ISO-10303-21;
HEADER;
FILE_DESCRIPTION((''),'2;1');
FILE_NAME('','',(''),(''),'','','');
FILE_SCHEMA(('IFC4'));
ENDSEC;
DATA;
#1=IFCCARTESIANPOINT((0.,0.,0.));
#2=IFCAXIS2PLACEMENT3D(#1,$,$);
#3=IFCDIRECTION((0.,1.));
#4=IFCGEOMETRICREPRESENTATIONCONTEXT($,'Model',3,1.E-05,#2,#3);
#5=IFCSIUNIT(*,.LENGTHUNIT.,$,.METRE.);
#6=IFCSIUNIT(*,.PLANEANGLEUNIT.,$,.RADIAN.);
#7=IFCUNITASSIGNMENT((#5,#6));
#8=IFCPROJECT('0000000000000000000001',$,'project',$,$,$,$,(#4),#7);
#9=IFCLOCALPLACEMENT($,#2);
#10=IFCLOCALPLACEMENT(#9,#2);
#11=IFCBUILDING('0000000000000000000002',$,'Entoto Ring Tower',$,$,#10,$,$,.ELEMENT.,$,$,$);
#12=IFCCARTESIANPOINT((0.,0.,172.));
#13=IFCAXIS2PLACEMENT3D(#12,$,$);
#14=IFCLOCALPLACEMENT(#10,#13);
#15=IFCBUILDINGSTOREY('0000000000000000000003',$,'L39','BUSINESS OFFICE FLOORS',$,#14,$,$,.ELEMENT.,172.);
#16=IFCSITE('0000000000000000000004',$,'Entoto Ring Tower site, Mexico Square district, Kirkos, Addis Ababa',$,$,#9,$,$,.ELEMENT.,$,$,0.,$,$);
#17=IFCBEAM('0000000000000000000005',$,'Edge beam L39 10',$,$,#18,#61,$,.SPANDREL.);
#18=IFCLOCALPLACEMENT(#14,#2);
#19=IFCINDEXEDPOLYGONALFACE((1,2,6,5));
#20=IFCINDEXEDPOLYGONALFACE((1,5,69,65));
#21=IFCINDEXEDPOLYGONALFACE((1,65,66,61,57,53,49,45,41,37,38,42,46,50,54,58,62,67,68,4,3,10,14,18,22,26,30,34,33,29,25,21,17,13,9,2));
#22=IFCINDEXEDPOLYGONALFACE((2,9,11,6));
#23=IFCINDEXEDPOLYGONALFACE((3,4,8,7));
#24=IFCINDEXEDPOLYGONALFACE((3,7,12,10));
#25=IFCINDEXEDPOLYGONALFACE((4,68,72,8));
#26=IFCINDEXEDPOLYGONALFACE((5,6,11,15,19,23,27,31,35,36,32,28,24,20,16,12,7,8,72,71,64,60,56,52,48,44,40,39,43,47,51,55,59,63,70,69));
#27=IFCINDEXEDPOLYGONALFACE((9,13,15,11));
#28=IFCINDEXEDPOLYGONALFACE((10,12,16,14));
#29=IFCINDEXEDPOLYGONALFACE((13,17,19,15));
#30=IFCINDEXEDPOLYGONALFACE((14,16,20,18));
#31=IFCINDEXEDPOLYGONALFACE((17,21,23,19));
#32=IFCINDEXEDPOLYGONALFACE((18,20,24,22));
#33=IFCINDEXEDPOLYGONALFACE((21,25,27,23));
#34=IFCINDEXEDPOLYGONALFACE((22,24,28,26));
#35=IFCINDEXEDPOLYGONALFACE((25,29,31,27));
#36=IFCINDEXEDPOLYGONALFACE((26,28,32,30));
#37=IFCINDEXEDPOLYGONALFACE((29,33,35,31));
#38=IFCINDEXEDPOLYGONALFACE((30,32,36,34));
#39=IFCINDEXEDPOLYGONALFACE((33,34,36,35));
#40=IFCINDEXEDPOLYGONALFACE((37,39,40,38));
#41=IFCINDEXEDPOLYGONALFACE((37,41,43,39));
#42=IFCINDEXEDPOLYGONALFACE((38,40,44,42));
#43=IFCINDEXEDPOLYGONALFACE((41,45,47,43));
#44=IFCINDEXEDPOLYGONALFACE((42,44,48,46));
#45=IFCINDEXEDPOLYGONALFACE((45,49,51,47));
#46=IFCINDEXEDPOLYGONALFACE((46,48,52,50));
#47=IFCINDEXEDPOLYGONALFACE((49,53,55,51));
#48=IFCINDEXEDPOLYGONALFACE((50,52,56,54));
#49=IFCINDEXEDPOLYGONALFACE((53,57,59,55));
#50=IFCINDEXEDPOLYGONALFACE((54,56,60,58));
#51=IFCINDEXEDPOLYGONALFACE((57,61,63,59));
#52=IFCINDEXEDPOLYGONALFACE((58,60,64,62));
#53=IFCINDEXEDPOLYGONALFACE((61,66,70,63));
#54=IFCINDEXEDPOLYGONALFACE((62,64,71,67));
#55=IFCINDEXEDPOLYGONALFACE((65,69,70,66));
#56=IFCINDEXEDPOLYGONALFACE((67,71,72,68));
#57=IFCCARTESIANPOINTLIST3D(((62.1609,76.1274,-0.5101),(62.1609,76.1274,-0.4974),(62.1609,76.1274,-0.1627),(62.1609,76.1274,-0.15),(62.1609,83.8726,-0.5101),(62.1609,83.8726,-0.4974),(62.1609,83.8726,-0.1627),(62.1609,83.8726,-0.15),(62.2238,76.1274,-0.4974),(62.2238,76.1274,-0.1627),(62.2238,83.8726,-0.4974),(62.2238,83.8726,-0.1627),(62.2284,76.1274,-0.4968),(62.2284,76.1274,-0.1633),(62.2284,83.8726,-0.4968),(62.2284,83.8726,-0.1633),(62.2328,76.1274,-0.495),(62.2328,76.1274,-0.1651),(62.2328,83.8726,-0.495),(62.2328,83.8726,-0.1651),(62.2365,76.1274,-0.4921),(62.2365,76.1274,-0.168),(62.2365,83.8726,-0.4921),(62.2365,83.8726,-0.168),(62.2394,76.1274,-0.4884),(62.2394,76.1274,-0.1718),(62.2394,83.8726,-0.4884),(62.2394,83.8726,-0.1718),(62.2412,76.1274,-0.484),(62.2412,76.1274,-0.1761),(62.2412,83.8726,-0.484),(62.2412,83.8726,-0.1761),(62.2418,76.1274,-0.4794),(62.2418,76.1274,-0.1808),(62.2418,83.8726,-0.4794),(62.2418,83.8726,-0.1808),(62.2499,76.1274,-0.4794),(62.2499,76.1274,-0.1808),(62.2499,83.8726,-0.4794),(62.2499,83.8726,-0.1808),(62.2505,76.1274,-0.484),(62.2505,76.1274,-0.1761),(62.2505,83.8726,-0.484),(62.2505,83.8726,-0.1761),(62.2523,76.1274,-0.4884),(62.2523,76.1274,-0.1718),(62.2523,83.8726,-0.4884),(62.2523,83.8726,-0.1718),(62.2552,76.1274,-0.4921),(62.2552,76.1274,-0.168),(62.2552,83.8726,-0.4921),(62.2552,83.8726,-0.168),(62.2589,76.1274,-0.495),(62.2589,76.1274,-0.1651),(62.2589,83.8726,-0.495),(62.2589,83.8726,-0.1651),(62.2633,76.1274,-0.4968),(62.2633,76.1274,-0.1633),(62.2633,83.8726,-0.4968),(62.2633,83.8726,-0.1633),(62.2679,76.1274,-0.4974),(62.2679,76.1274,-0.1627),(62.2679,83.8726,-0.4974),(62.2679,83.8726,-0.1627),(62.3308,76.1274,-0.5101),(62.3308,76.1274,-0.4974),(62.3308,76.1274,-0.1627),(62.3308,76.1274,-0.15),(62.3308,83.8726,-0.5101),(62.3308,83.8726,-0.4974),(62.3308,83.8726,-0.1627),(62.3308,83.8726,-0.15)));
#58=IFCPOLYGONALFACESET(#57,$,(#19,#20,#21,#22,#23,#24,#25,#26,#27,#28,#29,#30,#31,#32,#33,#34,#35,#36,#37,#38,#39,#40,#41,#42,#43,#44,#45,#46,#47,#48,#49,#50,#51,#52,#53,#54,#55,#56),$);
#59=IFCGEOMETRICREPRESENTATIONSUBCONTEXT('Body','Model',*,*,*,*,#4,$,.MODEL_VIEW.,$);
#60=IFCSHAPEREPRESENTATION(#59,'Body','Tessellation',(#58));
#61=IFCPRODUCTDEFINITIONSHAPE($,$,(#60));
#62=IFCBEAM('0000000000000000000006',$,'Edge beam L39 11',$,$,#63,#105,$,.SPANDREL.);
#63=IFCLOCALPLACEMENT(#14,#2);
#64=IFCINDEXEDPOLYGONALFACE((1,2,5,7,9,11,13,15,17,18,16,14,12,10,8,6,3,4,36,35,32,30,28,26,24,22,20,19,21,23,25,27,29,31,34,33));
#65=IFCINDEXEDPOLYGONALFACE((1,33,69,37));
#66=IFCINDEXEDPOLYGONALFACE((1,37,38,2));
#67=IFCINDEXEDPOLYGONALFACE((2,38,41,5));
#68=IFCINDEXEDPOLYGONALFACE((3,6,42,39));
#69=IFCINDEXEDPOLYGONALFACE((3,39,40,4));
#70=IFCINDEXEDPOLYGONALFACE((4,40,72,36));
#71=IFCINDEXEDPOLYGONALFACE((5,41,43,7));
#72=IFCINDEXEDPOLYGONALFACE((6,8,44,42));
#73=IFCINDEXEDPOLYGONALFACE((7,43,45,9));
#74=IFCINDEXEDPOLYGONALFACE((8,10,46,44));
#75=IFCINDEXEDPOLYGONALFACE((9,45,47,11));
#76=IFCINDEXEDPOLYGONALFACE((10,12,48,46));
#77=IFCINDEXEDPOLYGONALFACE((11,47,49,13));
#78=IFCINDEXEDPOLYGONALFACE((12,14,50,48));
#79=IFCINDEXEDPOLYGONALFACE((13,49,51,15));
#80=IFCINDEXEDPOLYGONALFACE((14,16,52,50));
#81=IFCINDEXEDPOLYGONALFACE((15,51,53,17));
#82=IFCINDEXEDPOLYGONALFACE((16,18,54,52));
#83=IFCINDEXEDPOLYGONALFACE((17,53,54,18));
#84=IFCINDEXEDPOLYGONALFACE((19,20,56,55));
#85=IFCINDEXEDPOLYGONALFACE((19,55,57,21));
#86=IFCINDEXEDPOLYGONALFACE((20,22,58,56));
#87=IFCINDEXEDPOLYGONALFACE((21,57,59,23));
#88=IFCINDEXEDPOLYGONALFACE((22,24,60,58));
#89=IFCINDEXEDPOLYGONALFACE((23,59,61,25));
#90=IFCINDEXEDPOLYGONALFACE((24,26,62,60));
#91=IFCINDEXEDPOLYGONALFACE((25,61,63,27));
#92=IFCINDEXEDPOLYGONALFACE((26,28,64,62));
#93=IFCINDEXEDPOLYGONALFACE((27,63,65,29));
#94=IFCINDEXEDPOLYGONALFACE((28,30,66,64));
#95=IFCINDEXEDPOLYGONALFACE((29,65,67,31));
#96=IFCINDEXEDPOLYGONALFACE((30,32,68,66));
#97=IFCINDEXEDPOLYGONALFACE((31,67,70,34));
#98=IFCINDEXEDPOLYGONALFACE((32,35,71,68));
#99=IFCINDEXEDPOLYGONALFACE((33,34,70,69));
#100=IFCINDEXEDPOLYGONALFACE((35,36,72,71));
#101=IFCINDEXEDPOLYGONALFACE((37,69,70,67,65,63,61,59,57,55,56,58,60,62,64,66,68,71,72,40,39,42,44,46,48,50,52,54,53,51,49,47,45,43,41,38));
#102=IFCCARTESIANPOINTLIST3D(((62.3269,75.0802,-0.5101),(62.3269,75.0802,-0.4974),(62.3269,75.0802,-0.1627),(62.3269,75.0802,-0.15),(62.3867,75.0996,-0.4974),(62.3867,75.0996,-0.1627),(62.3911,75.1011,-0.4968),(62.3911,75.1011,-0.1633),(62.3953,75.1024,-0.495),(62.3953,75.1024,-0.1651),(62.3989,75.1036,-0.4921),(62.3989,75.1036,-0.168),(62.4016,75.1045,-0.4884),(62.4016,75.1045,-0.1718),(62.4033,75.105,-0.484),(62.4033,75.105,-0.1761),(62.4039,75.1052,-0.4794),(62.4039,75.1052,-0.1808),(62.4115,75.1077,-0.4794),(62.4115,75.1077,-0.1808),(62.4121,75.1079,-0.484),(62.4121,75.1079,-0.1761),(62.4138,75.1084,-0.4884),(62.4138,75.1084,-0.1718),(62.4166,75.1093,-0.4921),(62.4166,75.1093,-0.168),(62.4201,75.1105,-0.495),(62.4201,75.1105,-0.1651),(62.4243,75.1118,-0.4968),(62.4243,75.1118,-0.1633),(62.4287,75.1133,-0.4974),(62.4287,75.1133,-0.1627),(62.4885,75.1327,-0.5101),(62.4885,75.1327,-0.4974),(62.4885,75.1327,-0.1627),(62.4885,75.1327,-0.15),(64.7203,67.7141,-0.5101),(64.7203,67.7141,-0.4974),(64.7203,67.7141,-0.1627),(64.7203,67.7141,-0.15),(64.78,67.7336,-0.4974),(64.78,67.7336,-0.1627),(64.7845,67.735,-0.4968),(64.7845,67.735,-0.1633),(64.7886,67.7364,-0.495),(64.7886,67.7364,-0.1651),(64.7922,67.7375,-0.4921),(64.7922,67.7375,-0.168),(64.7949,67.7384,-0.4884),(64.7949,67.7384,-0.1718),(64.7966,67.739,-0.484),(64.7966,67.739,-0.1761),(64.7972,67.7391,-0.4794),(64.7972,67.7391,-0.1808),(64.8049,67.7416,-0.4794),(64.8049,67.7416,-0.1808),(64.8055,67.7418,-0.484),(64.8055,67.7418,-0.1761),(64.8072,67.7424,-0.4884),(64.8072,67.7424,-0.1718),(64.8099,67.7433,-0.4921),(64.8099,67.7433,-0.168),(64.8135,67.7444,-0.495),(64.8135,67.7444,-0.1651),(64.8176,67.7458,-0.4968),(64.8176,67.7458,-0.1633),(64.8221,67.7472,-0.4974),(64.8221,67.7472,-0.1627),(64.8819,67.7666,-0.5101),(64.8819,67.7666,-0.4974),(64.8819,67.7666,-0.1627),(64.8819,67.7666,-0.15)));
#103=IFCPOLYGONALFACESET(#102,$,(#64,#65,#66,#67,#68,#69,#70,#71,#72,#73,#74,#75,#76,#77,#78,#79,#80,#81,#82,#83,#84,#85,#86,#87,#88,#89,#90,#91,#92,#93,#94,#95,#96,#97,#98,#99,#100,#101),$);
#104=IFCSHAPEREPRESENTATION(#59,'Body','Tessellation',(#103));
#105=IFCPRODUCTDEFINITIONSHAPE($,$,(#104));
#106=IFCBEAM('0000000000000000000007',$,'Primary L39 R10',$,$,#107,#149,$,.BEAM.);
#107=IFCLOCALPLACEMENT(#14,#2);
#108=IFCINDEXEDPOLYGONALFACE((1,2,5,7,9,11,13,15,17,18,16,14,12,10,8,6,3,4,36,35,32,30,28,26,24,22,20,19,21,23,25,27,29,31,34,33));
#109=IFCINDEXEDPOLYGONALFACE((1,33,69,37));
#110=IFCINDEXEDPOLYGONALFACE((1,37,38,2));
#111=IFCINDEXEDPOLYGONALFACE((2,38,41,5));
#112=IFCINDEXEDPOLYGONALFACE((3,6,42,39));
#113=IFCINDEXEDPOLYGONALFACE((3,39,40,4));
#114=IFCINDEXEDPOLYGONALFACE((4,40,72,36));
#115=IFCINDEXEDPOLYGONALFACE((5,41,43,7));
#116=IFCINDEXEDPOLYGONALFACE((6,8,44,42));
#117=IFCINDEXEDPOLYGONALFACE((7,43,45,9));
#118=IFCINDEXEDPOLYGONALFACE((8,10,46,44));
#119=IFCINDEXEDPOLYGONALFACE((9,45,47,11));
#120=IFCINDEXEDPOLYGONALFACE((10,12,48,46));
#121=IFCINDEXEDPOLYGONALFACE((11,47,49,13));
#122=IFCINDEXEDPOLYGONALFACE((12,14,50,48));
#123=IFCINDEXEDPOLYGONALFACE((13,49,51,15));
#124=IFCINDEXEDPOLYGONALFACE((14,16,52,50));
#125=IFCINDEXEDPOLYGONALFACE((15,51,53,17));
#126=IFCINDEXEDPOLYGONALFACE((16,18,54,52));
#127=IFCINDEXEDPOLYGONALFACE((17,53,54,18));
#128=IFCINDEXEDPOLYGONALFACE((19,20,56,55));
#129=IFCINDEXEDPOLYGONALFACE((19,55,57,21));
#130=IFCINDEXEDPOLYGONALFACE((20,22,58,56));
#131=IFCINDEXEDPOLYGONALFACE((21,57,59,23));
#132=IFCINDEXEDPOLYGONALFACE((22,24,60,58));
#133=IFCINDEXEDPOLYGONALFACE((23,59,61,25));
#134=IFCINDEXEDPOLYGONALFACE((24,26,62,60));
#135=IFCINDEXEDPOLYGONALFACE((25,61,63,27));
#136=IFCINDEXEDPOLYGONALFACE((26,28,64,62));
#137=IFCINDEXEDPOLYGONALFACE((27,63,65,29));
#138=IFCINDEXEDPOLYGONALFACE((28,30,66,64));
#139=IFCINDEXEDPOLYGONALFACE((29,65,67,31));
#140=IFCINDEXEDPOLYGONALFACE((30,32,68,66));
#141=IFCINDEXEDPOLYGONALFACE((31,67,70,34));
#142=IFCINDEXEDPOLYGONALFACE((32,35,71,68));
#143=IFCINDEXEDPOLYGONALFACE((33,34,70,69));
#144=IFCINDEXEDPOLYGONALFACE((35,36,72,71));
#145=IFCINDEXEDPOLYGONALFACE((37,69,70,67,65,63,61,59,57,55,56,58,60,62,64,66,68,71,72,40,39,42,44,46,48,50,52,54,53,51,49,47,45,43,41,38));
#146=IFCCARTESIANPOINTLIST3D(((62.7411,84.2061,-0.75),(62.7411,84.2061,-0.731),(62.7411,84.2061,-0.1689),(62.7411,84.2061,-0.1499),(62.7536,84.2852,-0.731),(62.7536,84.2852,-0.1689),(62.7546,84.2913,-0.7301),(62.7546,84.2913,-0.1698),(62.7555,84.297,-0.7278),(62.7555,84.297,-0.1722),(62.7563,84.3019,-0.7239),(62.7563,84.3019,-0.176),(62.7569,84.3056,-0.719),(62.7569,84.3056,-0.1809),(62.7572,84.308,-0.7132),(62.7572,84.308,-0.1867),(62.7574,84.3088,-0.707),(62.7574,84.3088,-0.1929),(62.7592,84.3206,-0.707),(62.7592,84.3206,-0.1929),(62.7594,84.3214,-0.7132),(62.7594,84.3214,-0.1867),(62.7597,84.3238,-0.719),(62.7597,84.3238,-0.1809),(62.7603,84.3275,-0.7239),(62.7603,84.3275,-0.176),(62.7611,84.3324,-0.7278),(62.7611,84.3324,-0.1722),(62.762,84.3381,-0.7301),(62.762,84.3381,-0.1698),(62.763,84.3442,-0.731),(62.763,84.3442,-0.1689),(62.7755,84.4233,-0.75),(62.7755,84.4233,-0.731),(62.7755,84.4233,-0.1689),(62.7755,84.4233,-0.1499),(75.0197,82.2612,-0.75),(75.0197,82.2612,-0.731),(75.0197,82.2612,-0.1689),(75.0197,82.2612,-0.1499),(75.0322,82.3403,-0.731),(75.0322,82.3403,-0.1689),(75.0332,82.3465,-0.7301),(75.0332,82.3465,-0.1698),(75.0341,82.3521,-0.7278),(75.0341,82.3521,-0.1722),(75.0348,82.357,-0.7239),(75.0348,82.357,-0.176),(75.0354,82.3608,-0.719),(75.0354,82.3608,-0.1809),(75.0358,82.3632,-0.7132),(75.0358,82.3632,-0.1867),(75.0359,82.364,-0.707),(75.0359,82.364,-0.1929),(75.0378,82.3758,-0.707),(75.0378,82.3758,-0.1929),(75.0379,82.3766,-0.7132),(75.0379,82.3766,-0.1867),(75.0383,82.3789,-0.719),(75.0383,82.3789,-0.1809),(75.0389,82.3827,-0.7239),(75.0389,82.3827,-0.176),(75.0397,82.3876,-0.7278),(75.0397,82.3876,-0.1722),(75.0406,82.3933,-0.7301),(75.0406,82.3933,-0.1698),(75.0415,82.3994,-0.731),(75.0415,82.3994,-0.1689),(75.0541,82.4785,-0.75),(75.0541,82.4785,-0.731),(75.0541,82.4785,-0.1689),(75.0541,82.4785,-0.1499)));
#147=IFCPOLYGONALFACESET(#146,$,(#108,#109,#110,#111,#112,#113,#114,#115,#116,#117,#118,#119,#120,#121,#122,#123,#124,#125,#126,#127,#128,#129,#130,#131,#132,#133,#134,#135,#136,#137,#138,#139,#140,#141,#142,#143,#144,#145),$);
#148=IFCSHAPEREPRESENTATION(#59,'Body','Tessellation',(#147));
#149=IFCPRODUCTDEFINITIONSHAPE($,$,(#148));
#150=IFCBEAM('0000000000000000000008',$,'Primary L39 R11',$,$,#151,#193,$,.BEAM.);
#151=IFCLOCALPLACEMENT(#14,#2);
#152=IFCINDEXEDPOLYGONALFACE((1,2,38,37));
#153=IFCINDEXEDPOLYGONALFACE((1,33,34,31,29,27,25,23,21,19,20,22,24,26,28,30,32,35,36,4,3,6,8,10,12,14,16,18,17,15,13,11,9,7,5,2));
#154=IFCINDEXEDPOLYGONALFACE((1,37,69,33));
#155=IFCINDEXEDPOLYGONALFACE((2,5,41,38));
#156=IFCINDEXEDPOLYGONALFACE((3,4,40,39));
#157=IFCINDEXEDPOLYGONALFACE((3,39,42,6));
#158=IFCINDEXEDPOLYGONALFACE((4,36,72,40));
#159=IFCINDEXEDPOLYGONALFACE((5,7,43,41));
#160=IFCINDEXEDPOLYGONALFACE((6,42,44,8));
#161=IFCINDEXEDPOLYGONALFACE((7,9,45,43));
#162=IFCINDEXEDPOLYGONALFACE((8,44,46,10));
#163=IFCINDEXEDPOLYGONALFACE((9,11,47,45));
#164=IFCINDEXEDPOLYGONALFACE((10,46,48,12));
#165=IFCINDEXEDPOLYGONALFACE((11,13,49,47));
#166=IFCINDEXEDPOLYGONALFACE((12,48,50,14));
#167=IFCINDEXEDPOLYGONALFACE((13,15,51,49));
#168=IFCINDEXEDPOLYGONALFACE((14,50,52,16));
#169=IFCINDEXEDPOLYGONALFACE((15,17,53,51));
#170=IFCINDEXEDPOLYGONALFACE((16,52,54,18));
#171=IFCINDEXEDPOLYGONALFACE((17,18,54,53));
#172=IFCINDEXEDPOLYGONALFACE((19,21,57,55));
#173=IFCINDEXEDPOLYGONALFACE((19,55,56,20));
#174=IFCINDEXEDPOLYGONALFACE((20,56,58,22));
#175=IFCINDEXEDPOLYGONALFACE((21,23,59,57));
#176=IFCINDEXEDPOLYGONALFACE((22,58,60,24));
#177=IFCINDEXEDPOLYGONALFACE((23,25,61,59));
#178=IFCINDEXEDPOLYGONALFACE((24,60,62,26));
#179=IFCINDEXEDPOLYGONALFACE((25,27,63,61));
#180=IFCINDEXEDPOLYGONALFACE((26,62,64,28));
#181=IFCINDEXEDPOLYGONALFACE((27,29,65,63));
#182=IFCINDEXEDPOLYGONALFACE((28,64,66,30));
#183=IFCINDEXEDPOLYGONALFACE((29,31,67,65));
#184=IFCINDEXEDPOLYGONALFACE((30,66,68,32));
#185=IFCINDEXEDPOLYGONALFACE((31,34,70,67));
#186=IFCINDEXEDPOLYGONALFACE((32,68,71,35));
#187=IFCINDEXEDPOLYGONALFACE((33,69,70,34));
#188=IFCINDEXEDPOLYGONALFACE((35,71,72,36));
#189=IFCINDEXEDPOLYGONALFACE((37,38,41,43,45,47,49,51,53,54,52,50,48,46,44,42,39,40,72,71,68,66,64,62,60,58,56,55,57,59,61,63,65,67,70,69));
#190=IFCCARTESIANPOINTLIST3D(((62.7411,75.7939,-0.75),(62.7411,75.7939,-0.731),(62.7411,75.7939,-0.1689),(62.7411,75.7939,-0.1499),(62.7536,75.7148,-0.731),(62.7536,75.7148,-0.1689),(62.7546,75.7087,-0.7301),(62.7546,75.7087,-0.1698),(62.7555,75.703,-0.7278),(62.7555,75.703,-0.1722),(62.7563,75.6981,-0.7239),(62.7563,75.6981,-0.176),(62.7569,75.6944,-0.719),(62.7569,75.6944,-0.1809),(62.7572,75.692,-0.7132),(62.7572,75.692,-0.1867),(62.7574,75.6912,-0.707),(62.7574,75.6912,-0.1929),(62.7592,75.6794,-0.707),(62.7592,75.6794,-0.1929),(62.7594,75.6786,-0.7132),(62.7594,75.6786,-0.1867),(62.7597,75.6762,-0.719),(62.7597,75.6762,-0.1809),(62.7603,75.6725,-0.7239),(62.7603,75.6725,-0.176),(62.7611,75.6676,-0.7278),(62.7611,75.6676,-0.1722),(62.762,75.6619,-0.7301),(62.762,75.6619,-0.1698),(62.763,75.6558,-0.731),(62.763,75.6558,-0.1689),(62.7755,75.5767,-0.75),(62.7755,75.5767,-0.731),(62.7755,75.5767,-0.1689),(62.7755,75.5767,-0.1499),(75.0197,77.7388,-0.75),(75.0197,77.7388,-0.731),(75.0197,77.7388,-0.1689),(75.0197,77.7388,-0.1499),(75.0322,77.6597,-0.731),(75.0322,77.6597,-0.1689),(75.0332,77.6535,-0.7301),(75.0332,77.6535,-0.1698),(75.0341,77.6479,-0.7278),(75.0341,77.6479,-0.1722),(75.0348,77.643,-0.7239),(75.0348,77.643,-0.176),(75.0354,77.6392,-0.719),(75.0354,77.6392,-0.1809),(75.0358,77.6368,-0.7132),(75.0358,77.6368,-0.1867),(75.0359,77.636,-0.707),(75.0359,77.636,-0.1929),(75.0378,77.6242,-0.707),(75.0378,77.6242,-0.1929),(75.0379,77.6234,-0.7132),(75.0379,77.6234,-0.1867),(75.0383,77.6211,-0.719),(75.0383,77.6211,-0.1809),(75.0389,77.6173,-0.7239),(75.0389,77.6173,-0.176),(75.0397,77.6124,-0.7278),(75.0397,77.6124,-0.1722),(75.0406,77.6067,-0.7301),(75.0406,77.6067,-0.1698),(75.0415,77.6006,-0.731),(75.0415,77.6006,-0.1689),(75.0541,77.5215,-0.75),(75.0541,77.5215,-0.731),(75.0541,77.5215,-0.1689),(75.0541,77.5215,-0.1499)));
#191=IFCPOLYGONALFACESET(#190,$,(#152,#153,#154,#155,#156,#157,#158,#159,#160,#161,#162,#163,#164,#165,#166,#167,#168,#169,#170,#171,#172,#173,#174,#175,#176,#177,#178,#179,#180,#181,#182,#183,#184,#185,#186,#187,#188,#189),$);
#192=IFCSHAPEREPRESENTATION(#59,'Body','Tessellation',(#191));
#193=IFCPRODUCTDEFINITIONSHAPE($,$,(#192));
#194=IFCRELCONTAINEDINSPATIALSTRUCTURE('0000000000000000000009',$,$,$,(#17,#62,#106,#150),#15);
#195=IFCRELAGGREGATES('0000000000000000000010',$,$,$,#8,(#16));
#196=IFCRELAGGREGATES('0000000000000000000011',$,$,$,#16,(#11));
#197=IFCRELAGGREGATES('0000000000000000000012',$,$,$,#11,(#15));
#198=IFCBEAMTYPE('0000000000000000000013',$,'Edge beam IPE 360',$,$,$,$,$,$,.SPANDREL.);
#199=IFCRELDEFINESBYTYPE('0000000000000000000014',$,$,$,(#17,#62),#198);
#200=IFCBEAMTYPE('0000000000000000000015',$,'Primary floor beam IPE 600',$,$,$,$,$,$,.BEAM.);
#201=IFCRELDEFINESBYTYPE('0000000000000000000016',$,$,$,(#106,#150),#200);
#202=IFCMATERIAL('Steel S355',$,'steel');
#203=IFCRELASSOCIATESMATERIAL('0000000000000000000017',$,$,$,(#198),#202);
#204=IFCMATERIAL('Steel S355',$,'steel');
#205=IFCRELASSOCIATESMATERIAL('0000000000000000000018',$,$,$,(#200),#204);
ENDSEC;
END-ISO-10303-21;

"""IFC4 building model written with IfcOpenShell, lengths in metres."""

from ifc_helpers import new_model, si_unit, direction, frame, origin, origin_2d, place, context, subcontext, project, spatial, i_section, extrude, material, material_profile, profile_set, type_object, element, save


model = new_model("IFC4")

# Units and contexts
model_context = context("Model", 3, precision=1e-05, world=origin(), true_north=direction((0.0, 1.0)))
body_context = subcontext(model_context, "Body", "Model", "MODEL_VIEW")
ifc_project = project(units=[si_unit("LENGTHUNIT", "METRE"), si_unit("PLANEANGLEUNIT", "RADIAN")], contexts=[model_context])

# Site, building, storey
site_placement = place(None, origin())
site = spatial("IfcSite", under=ifc_project, at=site_placement, Name="Entoto Ring Tower site, Mexico Square district, Kirkos, Addis Ababa", CompositionType="ELEMENT", RefElevation=0.0)
building_placement = place(site_placement, origin())
building = spatial("IfcBuilding", under=site, at=building_placement, Name="Entoto Ring Tower", CompositionType="ELEMENT")
storey_placement = place(building_placement, frame((0.0, 0.0, 172.0)))
storey = spatial("IfcBuildingStorey", under=building, at=storey_placement, Name="L39", Description="BUSINESS OFFICE FLOORS", CompositionType="ELEMENT", Elevation=172.0)

# Beams
ifc_material_1 = material(Name="Steel S355", Category="steel")
ifc_material_profile_1 = material_profile(ifc_material_1, i_section(OverallWidth=0.1699, OverallDepth=0.3601, WebThickness=0.0081, FlangeThickness=0.0127, FilletRadius=0.0181, at=origin_2d()), Name="IPE 360")
ifc_profile_set_1 = profile_set([ifc_material_profile_1], Name="Steel S355")
beam_type_1 = type_object("IfcBeamType", Name="Edge beam IPE 360", PredefinedType="SPANDREL", material=ifc_profile_set_1)
for number, where, z_axis, x_axis, name in (
    (1, (62.2458, 83.8726, -0.3301), (0.0, -1.0, 0.0), (1.0, 0.0, 0.0), "Edge beam L39 10"),
    (2, (62.4077, 75.1064, -0.3301), (0.309013, -0.951058, 0.0), (0.951058, 0.309013, 0.0), "Edge beam L39 11"),
):
    element("IfcBeam", number, at=place(storey_placement, frame(where, z_axis=z_axis, x_axis=x_axis)), inside=storey, type_object=beam_type_1, Name=name, PredefinedType="SPANDREL", context=body_context, shape_type="SweptSolid", body=[
        extrude(i_section(OverallWidth=0.1699, OverallDepth=0.3601, WebThickness=0.0081, FlangeThickness=0.0127, FilletRadius=0.0181, at=origin_2d()), origin(), (0.0, 0.0, 1.0), 7.7451),
    ])
ifc_material_2 = material(Name="Steel S355", Category="steel")
ifc_material_profile_2 = material_profile(ifc_material_2, i_section(OverallWidth=0.22, OverallDepth=0.6001, WebThickness=0.012, FlangeThickness=0.019, FilletRadius=0.0239, at=origin_2d()), Name="IPE 600")
ifc_profile_set_2 = profile_set([ifc_material_profile_2], Name="Steel S355")
beam_type_2 = type_object("IfcBeamType", Name="Primary floor beam IPE 600", PredefinedType="BEAM", material=ifc_profile_set_2)
for number, where, z_axis, x_axis, name in (
    (3, (75.0369, 82.3699, -0.45), (-0.987687, 0.156442, 0.0), (-0.156442, -0.987687, 0.0), "Primary L39 R10"),
    (4, (75.0369, 77.6301, -0.45), (-0.987687, -0.156442, 0.0), (0.156442, -0.987687, 0.0), "Primary L39 R11"),
):
    element("IfcBeam", number, at=place(storey_placement, frame(where, z_axis=z_axis, x_axis=x_axis)), inside=storey, type_object=beam_type_2, Name=name, PredefinedType="BEAM", context=body_context, shape_type="SweptSolid", body=[
        extrude(i_section(OverallWidth=0.22, OverallDepth=0.6001, WebThickness=0.012, FlangeThickness=0.019, FilletRadius=0.0239, at=origin_2d()), origin(), (0.0, 0.0, 1.0), 12.4316),
    ])

save(model, "model.ifc")
